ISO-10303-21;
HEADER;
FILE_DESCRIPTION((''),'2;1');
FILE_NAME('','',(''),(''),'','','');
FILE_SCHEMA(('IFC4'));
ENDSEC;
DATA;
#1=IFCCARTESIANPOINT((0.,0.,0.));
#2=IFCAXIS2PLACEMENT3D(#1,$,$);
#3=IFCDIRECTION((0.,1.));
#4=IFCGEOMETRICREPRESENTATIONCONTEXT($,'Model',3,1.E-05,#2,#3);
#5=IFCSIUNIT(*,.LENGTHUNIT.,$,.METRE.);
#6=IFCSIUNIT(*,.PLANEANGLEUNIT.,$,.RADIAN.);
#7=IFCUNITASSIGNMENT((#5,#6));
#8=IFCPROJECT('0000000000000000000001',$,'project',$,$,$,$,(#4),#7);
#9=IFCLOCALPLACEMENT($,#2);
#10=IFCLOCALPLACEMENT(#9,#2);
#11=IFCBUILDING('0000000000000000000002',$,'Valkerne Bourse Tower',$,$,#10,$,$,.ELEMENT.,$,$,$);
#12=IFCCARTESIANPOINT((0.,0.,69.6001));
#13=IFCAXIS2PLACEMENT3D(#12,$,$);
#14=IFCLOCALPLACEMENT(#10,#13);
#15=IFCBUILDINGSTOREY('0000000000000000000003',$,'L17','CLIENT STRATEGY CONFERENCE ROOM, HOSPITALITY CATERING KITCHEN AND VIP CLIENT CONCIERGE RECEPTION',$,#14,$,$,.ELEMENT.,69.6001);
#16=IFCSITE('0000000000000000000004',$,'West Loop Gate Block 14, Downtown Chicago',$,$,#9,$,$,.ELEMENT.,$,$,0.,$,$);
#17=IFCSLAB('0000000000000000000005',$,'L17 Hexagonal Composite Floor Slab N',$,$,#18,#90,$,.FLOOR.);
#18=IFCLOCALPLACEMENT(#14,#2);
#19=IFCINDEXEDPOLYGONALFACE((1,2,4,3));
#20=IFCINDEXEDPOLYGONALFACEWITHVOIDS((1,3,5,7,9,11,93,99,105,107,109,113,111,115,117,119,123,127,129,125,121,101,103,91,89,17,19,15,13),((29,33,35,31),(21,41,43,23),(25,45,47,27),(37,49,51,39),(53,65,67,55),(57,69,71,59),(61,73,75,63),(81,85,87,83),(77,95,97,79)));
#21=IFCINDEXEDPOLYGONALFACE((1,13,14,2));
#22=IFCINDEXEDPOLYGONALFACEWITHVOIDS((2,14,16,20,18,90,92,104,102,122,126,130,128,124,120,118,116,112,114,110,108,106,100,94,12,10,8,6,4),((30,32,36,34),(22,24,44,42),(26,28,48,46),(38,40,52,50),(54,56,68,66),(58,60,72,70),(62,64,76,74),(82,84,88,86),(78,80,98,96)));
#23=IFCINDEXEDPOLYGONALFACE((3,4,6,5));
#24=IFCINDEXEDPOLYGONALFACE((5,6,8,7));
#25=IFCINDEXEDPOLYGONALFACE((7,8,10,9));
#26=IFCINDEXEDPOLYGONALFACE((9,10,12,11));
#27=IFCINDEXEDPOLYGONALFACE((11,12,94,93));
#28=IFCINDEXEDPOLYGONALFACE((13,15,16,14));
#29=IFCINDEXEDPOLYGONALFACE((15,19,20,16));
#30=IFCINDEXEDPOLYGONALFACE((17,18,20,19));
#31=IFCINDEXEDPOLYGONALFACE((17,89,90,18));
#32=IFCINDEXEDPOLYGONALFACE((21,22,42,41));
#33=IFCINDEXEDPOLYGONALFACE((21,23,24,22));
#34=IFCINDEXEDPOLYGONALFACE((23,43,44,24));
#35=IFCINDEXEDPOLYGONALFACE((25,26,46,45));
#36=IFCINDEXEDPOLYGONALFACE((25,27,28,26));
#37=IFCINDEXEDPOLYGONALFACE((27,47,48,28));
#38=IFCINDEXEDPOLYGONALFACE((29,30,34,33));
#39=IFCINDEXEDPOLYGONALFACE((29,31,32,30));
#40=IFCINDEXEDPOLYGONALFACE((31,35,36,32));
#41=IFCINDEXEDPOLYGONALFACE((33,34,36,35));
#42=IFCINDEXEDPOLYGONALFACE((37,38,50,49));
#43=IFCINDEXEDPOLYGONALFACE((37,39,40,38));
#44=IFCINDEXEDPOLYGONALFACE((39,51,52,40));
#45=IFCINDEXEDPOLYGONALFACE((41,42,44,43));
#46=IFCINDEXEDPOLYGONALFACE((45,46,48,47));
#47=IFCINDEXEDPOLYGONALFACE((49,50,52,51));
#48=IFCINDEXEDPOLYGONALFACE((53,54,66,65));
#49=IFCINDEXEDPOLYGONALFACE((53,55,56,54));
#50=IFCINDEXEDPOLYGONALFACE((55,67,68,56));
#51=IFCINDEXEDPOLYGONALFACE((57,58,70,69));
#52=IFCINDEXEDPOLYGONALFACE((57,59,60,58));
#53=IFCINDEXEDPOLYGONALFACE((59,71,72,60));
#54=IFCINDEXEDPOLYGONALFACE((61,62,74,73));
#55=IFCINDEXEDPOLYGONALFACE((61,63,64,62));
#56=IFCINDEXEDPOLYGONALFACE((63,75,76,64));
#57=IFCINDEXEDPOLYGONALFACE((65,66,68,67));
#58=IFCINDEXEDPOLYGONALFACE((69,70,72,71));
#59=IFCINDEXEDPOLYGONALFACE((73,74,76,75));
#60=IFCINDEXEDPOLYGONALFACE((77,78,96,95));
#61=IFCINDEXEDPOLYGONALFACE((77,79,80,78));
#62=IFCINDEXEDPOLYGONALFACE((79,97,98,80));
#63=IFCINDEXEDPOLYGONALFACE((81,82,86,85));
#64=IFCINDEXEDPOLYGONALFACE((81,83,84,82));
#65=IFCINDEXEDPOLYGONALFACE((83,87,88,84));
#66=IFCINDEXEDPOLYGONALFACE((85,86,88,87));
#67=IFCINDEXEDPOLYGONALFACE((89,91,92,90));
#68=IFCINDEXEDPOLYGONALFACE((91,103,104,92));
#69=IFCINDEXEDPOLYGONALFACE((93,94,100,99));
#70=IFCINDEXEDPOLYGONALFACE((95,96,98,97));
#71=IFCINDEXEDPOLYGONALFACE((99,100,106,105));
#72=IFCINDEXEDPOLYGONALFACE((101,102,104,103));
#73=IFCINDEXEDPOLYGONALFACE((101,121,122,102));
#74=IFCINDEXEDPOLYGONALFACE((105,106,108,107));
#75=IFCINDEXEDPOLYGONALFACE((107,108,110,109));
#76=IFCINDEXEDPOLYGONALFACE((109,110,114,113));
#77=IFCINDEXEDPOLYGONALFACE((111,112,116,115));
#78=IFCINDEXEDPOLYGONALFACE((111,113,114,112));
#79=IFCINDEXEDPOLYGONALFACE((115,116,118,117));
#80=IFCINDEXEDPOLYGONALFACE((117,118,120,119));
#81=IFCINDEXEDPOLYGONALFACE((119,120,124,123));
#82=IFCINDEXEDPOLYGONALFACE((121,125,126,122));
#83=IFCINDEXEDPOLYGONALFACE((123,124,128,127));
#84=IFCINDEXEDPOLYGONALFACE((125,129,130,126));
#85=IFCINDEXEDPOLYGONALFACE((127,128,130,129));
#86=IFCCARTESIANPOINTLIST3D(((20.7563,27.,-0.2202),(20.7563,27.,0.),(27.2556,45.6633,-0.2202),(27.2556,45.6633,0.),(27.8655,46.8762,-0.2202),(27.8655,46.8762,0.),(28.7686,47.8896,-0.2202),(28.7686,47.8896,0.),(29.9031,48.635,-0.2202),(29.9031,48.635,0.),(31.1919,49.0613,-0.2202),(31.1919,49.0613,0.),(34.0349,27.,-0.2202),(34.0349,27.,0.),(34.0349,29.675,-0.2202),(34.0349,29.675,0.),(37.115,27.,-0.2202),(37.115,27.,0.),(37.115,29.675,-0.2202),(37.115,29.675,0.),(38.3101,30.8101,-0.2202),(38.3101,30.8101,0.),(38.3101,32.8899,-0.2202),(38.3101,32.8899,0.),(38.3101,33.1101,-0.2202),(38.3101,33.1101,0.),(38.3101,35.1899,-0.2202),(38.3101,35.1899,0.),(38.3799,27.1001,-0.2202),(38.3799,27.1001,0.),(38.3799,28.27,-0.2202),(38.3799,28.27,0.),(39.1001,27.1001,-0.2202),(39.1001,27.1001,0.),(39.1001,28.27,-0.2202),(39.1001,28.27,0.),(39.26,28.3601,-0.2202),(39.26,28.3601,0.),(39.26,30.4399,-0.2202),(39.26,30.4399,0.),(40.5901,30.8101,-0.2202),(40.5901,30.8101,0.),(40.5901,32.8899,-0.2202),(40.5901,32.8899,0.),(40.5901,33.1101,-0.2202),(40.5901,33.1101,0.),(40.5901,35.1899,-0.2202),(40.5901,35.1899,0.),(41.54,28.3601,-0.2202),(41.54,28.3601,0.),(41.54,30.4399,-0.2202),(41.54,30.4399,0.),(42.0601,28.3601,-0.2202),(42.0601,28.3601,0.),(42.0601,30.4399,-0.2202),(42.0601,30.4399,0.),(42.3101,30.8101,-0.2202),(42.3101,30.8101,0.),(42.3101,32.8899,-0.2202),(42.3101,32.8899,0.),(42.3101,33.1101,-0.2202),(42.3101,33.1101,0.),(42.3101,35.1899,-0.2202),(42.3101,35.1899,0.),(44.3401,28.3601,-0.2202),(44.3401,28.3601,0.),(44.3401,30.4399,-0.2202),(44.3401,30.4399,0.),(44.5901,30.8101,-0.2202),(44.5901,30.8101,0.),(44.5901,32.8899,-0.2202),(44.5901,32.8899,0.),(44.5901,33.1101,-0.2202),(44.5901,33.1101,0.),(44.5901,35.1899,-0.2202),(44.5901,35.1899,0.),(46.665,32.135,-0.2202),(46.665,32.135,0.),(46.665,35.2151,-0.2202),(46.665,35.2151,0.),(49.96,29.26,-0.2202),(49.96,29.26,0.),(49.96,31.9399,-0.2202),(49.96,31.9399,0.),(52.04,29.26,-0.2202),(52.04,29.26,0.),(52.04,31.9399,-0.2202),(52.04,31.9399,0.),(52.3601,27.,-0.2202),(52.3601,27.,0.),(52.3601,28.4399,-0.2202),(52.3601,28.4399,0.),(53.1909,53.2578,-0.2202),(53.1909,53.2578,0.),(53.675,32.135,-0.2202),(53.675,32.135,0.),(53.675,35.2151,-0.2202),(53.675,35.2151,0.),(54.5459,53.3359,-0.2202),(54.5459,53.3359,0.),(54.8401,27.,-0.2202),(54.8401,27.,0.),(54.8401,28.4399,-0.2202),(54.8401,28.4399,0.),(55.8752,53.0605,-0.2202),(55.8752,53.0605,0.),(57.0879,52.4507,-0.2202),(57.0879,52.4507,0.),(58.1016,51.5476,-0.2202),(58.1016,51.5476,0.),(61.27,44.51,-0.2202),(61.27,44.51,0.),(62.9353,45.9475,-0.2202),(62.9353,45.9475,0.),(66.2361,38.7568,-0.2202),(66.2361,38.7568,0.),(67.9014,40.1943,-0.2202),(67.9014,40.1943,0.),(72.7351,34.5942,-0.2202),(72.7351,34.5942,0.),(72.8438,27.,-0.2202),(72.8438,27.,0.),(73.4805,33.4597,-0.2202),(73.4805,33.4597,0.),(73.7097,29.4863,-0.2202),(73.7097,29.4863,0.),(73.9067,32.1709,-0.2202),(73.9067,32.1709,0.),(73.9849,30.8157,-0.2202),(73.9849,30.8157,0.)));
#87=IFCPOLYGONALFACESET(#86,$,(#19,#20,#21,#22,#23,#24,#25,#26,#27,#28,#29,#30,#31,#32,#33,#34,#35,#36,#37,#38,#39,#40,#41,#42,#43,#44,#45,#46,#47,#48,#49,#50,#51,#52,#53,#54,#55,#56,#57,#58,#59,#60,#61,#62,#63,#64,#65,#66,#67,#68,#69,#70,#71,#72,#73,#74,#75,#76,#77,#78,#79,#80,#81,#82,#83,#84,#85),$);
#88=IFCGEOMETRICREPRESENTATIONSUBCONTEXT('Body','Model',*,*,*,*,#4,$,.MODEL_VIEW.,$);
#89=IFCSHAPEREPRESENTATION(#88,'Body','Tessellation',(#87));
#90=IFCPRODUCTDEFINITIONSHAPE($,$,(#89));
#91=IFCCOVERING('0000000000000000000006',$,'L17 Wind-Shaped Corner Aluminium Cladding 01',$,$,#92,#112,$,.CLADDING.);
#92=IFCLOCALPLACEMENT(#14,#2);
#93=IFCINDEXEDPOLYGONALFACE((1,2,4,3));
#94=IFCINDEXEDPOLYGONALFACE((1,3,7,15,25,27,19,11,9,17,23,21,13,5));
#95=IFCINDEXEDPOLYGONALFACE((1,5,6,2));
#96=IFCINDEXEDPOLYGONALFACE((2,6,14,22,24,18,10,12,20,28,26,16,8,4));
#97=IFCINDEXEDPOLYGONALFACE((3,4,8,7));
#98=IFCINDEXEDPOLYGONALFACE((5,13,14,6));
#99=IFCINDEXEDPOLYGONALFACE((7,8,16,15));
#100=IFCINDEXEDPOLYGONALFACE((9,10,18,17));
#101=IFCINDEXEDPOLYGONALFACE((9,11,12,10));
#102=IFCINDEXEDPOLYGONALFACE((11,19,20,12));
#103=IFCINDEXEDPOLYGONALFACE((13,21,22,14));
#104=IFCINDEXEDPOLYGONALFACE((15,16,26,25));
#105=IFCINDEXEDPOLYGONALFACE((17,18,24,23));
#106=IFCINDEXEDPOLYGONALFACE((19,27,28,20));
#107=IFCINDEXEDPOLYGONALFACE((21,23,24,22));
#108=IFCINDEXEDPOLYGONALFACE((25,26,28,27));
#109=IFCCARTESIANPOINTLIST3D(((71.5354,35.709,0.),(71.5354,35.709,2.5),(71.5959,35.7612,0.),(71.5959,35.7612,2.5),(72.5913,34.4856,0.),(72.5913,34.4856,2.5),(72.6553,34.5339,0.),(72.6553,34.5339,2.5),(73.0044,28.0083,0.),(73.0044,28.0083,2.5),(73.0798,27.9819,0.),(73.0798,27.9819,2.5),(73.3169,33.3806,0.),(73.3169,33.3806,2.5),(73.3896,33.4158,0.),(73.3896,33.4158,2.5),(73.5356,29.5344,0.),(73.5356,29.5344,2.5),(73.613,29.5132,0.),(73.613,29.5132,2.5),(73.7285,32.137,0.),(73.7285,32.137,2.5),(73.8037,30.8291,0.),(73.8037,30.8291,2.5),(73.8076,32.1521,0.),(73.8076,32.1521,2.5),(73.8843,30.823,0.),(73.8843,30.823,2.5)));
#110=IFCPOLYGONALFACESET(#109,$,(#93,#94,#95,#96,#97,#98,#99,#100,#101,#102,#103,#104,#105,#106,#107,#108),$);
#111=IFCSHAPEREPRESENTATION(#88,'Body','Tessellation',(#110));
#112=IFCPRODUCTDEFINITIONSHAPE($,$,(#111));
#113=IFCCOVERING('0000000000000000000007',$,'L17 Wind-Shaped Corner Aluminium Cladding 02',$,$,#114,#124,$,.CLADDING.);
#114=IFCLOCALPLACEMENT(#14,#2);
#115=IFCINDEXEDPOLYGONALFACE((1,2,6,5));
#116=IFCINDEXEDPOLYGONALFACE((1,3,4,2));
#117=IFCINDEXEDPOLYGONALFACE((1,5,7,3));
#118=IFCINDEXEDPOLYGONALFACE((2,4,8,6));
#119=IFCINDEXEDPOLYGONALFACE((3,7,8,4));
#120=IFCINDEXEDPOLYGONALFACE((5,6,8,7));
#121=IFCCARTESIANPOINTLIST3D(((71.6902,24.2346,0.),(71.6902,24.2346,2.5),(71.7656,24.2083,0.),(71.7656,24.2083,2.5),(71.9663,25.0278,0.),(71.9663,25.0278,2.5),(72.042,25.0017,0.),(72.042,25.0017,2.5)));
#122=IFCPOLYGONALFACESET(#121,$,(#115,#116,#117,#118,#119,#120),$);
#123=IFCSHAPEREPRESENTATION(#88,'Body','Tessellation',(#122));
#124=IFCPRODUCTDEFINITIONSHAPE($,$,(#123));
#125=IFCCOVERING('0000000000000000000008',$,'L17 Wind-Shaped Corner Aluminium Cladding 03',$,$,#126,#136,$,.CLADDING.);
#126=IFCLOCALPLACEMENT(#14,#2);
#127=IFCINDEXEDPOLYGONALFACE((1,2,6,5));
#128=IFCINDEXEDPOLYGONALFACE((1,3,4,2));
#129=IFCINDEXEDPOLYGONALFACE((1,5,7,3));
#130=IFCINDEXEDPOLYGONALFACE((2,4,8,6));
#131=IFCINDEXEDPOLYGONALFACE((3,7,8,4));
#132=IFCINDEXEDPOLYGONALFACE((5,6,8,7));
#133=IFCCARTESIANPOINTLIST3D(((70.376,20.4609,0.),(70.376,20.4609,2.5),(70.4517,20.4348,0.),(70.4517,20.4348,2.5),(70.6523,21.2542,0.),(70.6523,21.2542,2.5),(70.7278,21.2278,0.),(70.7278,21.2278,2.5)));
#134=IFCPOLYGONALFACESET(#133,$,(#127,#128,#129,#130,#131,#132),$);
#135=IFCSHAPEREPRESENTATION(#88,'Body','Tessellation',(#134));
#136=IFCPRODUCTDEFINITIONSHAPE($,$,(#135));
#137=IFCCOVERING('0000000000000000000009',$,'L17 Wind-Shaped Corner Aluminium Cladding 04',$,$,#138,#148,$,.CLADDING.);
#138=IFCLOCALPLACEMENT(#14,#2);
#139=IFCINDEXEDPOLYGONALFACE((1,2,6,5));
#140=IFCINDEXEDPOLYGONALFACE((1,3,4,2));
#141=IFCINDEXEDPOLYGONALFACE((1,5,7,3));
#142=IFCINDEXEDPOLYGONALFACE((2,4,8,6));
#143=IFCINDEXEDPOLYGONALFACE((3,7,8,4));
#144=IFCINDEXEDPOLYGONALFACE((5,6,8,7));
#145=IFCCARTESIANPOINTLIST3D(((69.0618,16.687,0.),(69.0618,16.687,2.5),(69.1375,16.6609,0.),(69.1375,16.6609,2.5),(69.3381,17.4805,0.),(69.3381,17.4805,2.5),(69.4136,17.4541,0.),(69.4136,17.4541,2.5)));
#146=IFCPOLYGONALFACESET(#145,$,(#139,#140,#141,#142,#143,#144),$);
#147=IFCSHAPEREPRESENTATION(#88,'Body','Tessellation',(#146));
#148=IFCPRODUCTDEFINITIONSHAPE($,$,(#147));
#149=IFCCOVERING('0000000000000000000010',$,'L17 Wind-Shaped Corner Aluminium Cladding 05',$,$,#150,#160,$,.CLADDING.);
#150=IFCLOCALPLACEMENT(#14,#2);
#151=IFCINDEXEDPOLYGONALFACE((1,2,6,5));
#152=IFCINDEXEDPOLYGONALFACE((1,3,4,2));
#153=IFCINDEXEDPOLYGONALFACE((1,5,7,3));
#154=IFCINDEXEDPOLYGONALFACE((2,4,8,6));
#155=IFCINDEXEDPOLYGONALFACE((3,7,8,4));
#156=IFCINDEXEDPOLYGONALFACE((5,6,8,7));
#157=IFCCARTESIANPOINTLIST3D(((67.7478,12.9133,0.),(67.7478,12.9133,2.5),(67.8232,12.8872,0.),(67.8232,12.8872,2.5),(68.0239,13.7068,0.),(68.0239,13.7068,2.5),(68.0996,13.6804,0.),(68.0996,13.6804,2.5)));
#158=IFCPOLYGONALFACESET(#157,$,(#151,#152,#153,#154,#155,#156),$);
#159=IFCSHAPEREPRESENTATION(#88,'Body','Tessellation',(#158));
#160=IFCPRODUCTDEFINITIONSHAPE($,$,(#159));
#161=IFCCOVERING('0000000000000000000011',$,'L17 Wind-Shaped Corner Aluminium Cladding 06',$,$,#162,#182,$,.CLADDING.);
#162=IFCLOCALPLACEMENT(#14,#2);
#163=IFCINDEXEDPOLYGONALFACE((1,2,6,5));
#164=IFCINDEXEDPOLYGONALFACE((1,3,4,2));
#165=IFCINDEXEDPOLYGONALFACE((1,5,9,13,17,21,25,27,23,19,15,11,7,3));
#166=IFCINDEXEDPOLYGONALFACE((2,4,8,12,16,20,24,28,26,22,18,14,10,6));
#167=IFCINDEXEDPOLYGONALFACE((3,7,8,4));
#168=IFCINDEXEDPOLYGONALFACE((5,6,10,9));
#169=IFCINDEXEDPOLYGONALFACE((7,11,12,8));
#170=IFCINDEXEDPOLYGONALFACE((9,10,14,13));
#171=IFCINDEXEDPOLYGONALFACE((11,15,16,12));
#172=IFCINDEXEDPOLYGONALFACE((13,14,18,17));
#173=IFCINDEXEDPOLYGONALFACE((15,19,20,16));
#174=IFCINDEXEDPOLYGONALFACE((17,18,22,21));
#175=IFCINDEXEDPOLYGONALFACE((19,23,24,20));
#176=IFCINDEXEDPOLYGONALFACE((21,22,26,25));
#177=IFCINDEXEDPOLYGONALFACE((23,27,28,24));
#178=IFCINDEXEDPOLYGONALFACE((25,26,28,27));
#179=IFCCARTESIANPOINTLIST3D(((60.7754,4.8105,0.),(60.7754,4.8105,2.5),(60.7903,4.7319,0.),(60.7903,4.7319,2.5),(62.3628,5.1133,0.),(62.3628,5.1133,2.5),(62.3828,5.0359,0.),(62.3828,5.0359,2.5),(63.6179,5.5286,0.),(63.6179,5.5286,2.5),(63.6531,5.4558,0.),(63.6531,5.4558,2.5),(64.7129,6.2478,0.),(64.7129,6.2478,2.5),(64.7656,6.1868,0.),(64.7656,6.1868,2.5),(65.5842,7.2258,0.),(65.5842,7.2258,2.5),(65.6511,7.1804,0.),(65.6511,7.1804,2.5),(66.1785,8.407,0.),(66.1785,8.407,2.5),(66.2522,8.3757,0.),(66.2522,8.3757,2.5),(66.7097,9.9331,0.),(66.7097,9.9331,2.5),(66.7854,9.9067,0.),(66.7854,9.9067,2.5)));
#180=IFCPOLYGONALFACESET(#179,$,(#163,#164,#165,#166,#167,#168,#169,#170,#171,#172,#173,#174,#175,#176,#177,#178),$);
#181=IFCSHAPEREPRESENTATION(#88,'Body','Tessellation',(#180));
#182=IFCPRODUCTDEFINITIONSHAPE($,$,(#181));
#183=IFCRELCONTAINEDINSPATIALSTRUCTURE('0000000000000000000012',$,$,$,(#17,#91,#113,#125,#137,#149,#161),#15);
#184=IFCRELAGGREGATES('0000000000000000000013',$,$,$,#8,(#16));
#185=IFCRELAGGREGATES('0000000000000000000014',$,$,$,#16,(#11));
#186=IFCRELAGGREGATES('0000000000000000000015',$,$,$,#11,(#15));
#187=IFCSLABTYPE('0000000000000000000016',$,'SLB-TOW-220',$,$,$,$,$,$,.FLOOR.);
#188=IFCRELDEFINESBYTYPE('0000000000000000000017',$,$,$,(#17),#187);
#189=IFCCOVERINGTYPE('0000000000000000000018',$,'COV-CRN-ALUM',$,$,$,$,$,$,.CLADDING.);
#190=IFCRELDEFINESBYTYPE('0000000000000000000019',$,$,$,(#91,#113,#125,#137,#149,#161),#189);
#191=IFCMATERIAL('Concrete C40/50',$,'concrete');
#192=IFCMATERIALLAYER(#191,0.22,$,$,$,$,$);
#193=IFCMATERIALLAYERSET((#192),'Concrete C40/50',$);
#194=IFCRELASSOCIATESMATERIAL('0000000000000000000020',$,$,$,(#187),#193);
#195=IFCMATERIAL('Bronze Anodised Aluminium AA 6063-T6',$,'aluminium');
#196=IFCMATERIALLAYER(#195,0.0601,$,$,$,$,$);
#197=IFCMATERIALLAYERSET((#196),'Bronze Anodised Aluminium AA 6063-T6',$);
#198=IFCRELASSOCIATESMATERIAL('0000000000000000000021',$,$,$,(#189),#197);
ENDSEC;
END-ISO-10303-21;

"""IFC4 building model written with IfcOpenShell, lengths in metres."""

from ifc_helpers import new_model, si_unit, direction, frame, origin, place, context, subcontext, project, spatial, polyline, outline, extrude, material, layer, layer_set, type_object, element, save


model = new_model("IFC4")

# Units and contexts
model_context = context("Model", 3, precision=1e-05, world=origin(), true_north=direction((0.0, 1.0)))
body_context = subcontext(model_context, "Body", "Model", "MODEL_VIEW")
ifc_project = project(units=[si_unit("LENGTHUNIT", "METRE"), si_unit("PLANEANGLEUNIT", "RADIAN")], contexts=[model_context])

# Site, building, storey
site_placement = place(None, origin())
site = spatial("IfcSite", under=ifc_project, at=site_placement, Name="West Loop Gate Block 14, Downtown Chicago", CompositionType="ELEMENT", RefElevation=0.0)
building_placement = place(site_placement, origin())
building = spatial("IfcBuilding", under=site, at=building_placement, Name="Valkerne Bourse Tower", CompositionType="ELEMENT")
storey_placement = place(building_placement, frame((0.0, 0.0, 69.6001)))
storey = spatial("IfcBuildingStorey", under=building, at=storey_placement, Name="L17", Description="CLIENT STRATEGY CONFERENCE ROOM, HOSPITALITY CATERING KITCHEN AND VIP CLIENT CONCIERGE RECEPTION", CompositionType="ELEMENT", Elevation=69.6001)

# Slab
ifc_material_1 = material(Name="Concrete C40/50", Category="concrete")
ifc_layer_1 = layer(ifc_material_1, 0.22)
ifc_layer_set_1 = layer_set([ifc_layer_1], Name="Concrete C40/50")
slab_type_1 = type_object("IfcSlabType", Name="SLB-TOW-220", PredefinedType="FLOOR", material=ifc_layer_set_1)
slab_1_placement = place(storey_placement, frame((0.0, 0.0, -0.2202)))
element("IfcSlab", 1, at=slab_1_placement, inside=storey, type_object=slab_type_1, Name="L17 Hexagonal Composite Floor Slab N", PredefinedType="FLOOR", context=body_context, shape_type="SweptSolid", body=[
    extrude(outline(polyline([(73.9067, 32.1709), (73.9849, 30.8157), (73.7097, 29.4863), (72.8438, 27.0), (54.8401, 27.0), (54.8401, 28.4399), (52.3601, 28.4399), (52.3601, 27.0), (37.115, 27.0), (37.115, 29.675), (34.0349, 29.675), (34.0349, 27.0), (20.7563, 27.0), (27.2556, 45.6633), (27.8655, 46.8762), (28.7686, 47.8896), (29.9031, 48.635), (31.1919, 49.0613), (53.1909, 53.2578), (54.5459, 53.3359), (55.8752, 53.0605), (57.0879, 52.4507), (58.1016, 51.5476), (62.9353, 45.9475), (61.27, 44.51), (66.2361, 38.7568), (67.9014, 40.1943), (72.7351, 34.5942), (73.4805, 33.4597), (73.9067, 32.1709)]), holes=[polyline([(39.1001, 28.27), (38.3799, 28.27), (38.3799, 27.1001), (39.1001, 27.1001), (39.1001, 28.27)]), polyline([(41.54, 30.4399), (39.26, 30.4399), (39.26, 28.3601), (41.54, 28.3601), (41.54, 30.4399)]), polyline([(44.3401, 30.4399), (42.0601, 30.4399), (42.0601, 28.3601), (44.3401, 28.3601), (44.3401, 30.4399)]), polyline([(40.5901, 30.8101), (40.5901, 32.8899), (38.3101, 32.8899), (38.3101, 30.8101), (40.5901, 30.8101)]), polyline([(40.5901, 33.1101), (40.5901, 35.1899), (38.3101, 35.1899), (38.3101, 33.1101), (40.5901, 33.1101)]), polyline([(52.04, 31.9399), (49.96, 31.9399), (49.96, 29.26), (52.04, 29.26), (52.04, 31.9399)]), polyline([(44.5901, 32.8899), (42.3101, 32.8899), (42.3101, 30.8101), (44.5901, 30.8101), (44.5901, 32.8899)]), polyline([(53.675, 32.135), (53.675, 35.2151), (46.665, 35.2151), (46.665, 32.135), (53.675, 32.135)]), polyline([(44.5901, 33.1101), (44.5901, 35.1899), (42.3101, 35.1899), (42.3101, 33.1101), (44.5901, 33.1101)])]), origin(), (0.0, 0.0, 1.0), 0.2202),
])

# Coverings
ifc_material_2 = material(Name="Bronze Anodised Aluminium AA 6063-T6", Category="aluminium")
ifc_layer_2 = layer(ifc_material_2, 0.0601)
ifc_layer_set_2 = layer_set([ifc_layer_2], Name="Bronze Anodised Aluminium AA 6063-T6")
covering_type = type_object("IfcCoveringType", Name="COV-CRN-ALUM", PredefinedType="CLADDING", material=ifc_layer_set_2)
covering_1_placement = place(storey_placement, origin())
element("IfcCovering", 2, at=covering_1_placement, inside=storey, type_object=covering_type, Name="L17 Wind-Shaped Corner Aluminium Cladding 01", PredefinedType="CLADDING", context=body_context, shape_type="SweptSolid", body=[
    extrude(outline(polyline([(73.8076, 32.1521), (73.8843, 30.823), (73.613, 29.5132), (73.0798, 27.9819), (73.0044, 28.0083), (73.5356, 29.5344), (73.8037, 30.8291), (73.7285, 32.137), (73.3169, 33.3806), (72.5913, 34.4856), (71.5354, 35.709), (71.5959, 35.7612), (72.6553, 34.5339), (73.3896, 33.4158), (73.8076, 32.1521)])), origin(), (0.0, 0.0, 1.0), 2.5),
])
covering_2_placement = place(storey_placement, origin())
element("IfcCovering", 3, at=covering_2_placement, inside=storey, type_object=covering_type, Name="L17 Wind-Shaped Corner Aluminium Cladding 02", PredefinedType="CLADDING", context=body_context, shape_type="SweptSolid", body=[
    extrude(outline(polyline([(71.7656, 24.2083), (71.6902, 24.2346), (71.9663, 25.0278), (72.042, 25.0017), (71.7656, 24.2083)])), origin(), (0.0, 0.0, 1.0), 2.5),
])
covering_3_placement = place(storey_placement, origin())
element("IfcCovering", 4, at=covering_3_placement, inside=storey, type_object=covering_type, Name="L17 Wind-Shaped Corner Aluminium Cladding 03", PredefinedType="CLADDING", context=body_context, shape_type="SweptSolid", body=[
    extrude(outline(polyline([(70.4517, 20.4348), (70.376, 20.4609), (70.6523, 21.2542), (70.7278, 21.2278), (70.4517, 20.4348)])), origin(), (0.0, 0.0, 1.0), 2.5),
])
covering_4_placement = place(storey_placement, origin())
element("IfcCovering", 5, at=covering_4_placement, inside=storey, type_object=covering_type, Name="L17 Wind-Shaped Corner Aluminium Cladding 04", PredefinedType="CLADDING", context=body_context, shape_type="SweptSolid", body=[
    extrude(outline(polyline([(69.1375, 16.6609), (69.0618, 16.687), (69.3381, 17.4805), (69.4136, 17.4541), (69.1375, 16.6609)])), origin(), (0.0, 0.0, 1.0), 2.5),
])
covering_5_placement = place(storey_placement, origin())
element("IfcCovering", 6, at=covering_5_placement, inside=storey, type_object=covering_type, Name="L17 Wind-Shaped Corner Aluminium Cladding 05", PredefinedType="CLADDING", context=body_context, shape_type="SweptSolid", body=[
    extrude(outline(polyline([(67.8232, 12.8872), (67.7478, 12.9133), (68.0239, 13.7068), (68.0996, 13.6804), (67.8232, 12.8872)])), origin(), (0.0, 0.0, 1.0), 2.5),
])
covering_6_placement = place(storey_placement, origin())
element("IfcCovering", 7, at=covering_6_placement, inside=storey, type_object=covering_type, Name="L17 Wind-Shaped Corner Aluminium Cladding 06", PredefinedType="CLADDING", context=body_context, shape_type="SweptSolid", body=[
    extrude(outline(polyline([(66.2522, 8.3757), (65.6511, 7.1804), (64.7656, 6.1868), (63.6531, 5.4558), (62.3828, 5.0359), (60.7903, 4.7319), (60.7754, 4.8105), (62.3628, 5.1133), (63.6179, 5.5286), (64.7129, 6.2478), (65.5842, 7.2258), (66.1785, 8.407), (66.7097, 9.9331), (66.7854, 9.9067), (66.2522, 8.3757)])), origin(), (0.0, 0.0, 1.0), 2.5),
])

save(model, "model.ifc")
